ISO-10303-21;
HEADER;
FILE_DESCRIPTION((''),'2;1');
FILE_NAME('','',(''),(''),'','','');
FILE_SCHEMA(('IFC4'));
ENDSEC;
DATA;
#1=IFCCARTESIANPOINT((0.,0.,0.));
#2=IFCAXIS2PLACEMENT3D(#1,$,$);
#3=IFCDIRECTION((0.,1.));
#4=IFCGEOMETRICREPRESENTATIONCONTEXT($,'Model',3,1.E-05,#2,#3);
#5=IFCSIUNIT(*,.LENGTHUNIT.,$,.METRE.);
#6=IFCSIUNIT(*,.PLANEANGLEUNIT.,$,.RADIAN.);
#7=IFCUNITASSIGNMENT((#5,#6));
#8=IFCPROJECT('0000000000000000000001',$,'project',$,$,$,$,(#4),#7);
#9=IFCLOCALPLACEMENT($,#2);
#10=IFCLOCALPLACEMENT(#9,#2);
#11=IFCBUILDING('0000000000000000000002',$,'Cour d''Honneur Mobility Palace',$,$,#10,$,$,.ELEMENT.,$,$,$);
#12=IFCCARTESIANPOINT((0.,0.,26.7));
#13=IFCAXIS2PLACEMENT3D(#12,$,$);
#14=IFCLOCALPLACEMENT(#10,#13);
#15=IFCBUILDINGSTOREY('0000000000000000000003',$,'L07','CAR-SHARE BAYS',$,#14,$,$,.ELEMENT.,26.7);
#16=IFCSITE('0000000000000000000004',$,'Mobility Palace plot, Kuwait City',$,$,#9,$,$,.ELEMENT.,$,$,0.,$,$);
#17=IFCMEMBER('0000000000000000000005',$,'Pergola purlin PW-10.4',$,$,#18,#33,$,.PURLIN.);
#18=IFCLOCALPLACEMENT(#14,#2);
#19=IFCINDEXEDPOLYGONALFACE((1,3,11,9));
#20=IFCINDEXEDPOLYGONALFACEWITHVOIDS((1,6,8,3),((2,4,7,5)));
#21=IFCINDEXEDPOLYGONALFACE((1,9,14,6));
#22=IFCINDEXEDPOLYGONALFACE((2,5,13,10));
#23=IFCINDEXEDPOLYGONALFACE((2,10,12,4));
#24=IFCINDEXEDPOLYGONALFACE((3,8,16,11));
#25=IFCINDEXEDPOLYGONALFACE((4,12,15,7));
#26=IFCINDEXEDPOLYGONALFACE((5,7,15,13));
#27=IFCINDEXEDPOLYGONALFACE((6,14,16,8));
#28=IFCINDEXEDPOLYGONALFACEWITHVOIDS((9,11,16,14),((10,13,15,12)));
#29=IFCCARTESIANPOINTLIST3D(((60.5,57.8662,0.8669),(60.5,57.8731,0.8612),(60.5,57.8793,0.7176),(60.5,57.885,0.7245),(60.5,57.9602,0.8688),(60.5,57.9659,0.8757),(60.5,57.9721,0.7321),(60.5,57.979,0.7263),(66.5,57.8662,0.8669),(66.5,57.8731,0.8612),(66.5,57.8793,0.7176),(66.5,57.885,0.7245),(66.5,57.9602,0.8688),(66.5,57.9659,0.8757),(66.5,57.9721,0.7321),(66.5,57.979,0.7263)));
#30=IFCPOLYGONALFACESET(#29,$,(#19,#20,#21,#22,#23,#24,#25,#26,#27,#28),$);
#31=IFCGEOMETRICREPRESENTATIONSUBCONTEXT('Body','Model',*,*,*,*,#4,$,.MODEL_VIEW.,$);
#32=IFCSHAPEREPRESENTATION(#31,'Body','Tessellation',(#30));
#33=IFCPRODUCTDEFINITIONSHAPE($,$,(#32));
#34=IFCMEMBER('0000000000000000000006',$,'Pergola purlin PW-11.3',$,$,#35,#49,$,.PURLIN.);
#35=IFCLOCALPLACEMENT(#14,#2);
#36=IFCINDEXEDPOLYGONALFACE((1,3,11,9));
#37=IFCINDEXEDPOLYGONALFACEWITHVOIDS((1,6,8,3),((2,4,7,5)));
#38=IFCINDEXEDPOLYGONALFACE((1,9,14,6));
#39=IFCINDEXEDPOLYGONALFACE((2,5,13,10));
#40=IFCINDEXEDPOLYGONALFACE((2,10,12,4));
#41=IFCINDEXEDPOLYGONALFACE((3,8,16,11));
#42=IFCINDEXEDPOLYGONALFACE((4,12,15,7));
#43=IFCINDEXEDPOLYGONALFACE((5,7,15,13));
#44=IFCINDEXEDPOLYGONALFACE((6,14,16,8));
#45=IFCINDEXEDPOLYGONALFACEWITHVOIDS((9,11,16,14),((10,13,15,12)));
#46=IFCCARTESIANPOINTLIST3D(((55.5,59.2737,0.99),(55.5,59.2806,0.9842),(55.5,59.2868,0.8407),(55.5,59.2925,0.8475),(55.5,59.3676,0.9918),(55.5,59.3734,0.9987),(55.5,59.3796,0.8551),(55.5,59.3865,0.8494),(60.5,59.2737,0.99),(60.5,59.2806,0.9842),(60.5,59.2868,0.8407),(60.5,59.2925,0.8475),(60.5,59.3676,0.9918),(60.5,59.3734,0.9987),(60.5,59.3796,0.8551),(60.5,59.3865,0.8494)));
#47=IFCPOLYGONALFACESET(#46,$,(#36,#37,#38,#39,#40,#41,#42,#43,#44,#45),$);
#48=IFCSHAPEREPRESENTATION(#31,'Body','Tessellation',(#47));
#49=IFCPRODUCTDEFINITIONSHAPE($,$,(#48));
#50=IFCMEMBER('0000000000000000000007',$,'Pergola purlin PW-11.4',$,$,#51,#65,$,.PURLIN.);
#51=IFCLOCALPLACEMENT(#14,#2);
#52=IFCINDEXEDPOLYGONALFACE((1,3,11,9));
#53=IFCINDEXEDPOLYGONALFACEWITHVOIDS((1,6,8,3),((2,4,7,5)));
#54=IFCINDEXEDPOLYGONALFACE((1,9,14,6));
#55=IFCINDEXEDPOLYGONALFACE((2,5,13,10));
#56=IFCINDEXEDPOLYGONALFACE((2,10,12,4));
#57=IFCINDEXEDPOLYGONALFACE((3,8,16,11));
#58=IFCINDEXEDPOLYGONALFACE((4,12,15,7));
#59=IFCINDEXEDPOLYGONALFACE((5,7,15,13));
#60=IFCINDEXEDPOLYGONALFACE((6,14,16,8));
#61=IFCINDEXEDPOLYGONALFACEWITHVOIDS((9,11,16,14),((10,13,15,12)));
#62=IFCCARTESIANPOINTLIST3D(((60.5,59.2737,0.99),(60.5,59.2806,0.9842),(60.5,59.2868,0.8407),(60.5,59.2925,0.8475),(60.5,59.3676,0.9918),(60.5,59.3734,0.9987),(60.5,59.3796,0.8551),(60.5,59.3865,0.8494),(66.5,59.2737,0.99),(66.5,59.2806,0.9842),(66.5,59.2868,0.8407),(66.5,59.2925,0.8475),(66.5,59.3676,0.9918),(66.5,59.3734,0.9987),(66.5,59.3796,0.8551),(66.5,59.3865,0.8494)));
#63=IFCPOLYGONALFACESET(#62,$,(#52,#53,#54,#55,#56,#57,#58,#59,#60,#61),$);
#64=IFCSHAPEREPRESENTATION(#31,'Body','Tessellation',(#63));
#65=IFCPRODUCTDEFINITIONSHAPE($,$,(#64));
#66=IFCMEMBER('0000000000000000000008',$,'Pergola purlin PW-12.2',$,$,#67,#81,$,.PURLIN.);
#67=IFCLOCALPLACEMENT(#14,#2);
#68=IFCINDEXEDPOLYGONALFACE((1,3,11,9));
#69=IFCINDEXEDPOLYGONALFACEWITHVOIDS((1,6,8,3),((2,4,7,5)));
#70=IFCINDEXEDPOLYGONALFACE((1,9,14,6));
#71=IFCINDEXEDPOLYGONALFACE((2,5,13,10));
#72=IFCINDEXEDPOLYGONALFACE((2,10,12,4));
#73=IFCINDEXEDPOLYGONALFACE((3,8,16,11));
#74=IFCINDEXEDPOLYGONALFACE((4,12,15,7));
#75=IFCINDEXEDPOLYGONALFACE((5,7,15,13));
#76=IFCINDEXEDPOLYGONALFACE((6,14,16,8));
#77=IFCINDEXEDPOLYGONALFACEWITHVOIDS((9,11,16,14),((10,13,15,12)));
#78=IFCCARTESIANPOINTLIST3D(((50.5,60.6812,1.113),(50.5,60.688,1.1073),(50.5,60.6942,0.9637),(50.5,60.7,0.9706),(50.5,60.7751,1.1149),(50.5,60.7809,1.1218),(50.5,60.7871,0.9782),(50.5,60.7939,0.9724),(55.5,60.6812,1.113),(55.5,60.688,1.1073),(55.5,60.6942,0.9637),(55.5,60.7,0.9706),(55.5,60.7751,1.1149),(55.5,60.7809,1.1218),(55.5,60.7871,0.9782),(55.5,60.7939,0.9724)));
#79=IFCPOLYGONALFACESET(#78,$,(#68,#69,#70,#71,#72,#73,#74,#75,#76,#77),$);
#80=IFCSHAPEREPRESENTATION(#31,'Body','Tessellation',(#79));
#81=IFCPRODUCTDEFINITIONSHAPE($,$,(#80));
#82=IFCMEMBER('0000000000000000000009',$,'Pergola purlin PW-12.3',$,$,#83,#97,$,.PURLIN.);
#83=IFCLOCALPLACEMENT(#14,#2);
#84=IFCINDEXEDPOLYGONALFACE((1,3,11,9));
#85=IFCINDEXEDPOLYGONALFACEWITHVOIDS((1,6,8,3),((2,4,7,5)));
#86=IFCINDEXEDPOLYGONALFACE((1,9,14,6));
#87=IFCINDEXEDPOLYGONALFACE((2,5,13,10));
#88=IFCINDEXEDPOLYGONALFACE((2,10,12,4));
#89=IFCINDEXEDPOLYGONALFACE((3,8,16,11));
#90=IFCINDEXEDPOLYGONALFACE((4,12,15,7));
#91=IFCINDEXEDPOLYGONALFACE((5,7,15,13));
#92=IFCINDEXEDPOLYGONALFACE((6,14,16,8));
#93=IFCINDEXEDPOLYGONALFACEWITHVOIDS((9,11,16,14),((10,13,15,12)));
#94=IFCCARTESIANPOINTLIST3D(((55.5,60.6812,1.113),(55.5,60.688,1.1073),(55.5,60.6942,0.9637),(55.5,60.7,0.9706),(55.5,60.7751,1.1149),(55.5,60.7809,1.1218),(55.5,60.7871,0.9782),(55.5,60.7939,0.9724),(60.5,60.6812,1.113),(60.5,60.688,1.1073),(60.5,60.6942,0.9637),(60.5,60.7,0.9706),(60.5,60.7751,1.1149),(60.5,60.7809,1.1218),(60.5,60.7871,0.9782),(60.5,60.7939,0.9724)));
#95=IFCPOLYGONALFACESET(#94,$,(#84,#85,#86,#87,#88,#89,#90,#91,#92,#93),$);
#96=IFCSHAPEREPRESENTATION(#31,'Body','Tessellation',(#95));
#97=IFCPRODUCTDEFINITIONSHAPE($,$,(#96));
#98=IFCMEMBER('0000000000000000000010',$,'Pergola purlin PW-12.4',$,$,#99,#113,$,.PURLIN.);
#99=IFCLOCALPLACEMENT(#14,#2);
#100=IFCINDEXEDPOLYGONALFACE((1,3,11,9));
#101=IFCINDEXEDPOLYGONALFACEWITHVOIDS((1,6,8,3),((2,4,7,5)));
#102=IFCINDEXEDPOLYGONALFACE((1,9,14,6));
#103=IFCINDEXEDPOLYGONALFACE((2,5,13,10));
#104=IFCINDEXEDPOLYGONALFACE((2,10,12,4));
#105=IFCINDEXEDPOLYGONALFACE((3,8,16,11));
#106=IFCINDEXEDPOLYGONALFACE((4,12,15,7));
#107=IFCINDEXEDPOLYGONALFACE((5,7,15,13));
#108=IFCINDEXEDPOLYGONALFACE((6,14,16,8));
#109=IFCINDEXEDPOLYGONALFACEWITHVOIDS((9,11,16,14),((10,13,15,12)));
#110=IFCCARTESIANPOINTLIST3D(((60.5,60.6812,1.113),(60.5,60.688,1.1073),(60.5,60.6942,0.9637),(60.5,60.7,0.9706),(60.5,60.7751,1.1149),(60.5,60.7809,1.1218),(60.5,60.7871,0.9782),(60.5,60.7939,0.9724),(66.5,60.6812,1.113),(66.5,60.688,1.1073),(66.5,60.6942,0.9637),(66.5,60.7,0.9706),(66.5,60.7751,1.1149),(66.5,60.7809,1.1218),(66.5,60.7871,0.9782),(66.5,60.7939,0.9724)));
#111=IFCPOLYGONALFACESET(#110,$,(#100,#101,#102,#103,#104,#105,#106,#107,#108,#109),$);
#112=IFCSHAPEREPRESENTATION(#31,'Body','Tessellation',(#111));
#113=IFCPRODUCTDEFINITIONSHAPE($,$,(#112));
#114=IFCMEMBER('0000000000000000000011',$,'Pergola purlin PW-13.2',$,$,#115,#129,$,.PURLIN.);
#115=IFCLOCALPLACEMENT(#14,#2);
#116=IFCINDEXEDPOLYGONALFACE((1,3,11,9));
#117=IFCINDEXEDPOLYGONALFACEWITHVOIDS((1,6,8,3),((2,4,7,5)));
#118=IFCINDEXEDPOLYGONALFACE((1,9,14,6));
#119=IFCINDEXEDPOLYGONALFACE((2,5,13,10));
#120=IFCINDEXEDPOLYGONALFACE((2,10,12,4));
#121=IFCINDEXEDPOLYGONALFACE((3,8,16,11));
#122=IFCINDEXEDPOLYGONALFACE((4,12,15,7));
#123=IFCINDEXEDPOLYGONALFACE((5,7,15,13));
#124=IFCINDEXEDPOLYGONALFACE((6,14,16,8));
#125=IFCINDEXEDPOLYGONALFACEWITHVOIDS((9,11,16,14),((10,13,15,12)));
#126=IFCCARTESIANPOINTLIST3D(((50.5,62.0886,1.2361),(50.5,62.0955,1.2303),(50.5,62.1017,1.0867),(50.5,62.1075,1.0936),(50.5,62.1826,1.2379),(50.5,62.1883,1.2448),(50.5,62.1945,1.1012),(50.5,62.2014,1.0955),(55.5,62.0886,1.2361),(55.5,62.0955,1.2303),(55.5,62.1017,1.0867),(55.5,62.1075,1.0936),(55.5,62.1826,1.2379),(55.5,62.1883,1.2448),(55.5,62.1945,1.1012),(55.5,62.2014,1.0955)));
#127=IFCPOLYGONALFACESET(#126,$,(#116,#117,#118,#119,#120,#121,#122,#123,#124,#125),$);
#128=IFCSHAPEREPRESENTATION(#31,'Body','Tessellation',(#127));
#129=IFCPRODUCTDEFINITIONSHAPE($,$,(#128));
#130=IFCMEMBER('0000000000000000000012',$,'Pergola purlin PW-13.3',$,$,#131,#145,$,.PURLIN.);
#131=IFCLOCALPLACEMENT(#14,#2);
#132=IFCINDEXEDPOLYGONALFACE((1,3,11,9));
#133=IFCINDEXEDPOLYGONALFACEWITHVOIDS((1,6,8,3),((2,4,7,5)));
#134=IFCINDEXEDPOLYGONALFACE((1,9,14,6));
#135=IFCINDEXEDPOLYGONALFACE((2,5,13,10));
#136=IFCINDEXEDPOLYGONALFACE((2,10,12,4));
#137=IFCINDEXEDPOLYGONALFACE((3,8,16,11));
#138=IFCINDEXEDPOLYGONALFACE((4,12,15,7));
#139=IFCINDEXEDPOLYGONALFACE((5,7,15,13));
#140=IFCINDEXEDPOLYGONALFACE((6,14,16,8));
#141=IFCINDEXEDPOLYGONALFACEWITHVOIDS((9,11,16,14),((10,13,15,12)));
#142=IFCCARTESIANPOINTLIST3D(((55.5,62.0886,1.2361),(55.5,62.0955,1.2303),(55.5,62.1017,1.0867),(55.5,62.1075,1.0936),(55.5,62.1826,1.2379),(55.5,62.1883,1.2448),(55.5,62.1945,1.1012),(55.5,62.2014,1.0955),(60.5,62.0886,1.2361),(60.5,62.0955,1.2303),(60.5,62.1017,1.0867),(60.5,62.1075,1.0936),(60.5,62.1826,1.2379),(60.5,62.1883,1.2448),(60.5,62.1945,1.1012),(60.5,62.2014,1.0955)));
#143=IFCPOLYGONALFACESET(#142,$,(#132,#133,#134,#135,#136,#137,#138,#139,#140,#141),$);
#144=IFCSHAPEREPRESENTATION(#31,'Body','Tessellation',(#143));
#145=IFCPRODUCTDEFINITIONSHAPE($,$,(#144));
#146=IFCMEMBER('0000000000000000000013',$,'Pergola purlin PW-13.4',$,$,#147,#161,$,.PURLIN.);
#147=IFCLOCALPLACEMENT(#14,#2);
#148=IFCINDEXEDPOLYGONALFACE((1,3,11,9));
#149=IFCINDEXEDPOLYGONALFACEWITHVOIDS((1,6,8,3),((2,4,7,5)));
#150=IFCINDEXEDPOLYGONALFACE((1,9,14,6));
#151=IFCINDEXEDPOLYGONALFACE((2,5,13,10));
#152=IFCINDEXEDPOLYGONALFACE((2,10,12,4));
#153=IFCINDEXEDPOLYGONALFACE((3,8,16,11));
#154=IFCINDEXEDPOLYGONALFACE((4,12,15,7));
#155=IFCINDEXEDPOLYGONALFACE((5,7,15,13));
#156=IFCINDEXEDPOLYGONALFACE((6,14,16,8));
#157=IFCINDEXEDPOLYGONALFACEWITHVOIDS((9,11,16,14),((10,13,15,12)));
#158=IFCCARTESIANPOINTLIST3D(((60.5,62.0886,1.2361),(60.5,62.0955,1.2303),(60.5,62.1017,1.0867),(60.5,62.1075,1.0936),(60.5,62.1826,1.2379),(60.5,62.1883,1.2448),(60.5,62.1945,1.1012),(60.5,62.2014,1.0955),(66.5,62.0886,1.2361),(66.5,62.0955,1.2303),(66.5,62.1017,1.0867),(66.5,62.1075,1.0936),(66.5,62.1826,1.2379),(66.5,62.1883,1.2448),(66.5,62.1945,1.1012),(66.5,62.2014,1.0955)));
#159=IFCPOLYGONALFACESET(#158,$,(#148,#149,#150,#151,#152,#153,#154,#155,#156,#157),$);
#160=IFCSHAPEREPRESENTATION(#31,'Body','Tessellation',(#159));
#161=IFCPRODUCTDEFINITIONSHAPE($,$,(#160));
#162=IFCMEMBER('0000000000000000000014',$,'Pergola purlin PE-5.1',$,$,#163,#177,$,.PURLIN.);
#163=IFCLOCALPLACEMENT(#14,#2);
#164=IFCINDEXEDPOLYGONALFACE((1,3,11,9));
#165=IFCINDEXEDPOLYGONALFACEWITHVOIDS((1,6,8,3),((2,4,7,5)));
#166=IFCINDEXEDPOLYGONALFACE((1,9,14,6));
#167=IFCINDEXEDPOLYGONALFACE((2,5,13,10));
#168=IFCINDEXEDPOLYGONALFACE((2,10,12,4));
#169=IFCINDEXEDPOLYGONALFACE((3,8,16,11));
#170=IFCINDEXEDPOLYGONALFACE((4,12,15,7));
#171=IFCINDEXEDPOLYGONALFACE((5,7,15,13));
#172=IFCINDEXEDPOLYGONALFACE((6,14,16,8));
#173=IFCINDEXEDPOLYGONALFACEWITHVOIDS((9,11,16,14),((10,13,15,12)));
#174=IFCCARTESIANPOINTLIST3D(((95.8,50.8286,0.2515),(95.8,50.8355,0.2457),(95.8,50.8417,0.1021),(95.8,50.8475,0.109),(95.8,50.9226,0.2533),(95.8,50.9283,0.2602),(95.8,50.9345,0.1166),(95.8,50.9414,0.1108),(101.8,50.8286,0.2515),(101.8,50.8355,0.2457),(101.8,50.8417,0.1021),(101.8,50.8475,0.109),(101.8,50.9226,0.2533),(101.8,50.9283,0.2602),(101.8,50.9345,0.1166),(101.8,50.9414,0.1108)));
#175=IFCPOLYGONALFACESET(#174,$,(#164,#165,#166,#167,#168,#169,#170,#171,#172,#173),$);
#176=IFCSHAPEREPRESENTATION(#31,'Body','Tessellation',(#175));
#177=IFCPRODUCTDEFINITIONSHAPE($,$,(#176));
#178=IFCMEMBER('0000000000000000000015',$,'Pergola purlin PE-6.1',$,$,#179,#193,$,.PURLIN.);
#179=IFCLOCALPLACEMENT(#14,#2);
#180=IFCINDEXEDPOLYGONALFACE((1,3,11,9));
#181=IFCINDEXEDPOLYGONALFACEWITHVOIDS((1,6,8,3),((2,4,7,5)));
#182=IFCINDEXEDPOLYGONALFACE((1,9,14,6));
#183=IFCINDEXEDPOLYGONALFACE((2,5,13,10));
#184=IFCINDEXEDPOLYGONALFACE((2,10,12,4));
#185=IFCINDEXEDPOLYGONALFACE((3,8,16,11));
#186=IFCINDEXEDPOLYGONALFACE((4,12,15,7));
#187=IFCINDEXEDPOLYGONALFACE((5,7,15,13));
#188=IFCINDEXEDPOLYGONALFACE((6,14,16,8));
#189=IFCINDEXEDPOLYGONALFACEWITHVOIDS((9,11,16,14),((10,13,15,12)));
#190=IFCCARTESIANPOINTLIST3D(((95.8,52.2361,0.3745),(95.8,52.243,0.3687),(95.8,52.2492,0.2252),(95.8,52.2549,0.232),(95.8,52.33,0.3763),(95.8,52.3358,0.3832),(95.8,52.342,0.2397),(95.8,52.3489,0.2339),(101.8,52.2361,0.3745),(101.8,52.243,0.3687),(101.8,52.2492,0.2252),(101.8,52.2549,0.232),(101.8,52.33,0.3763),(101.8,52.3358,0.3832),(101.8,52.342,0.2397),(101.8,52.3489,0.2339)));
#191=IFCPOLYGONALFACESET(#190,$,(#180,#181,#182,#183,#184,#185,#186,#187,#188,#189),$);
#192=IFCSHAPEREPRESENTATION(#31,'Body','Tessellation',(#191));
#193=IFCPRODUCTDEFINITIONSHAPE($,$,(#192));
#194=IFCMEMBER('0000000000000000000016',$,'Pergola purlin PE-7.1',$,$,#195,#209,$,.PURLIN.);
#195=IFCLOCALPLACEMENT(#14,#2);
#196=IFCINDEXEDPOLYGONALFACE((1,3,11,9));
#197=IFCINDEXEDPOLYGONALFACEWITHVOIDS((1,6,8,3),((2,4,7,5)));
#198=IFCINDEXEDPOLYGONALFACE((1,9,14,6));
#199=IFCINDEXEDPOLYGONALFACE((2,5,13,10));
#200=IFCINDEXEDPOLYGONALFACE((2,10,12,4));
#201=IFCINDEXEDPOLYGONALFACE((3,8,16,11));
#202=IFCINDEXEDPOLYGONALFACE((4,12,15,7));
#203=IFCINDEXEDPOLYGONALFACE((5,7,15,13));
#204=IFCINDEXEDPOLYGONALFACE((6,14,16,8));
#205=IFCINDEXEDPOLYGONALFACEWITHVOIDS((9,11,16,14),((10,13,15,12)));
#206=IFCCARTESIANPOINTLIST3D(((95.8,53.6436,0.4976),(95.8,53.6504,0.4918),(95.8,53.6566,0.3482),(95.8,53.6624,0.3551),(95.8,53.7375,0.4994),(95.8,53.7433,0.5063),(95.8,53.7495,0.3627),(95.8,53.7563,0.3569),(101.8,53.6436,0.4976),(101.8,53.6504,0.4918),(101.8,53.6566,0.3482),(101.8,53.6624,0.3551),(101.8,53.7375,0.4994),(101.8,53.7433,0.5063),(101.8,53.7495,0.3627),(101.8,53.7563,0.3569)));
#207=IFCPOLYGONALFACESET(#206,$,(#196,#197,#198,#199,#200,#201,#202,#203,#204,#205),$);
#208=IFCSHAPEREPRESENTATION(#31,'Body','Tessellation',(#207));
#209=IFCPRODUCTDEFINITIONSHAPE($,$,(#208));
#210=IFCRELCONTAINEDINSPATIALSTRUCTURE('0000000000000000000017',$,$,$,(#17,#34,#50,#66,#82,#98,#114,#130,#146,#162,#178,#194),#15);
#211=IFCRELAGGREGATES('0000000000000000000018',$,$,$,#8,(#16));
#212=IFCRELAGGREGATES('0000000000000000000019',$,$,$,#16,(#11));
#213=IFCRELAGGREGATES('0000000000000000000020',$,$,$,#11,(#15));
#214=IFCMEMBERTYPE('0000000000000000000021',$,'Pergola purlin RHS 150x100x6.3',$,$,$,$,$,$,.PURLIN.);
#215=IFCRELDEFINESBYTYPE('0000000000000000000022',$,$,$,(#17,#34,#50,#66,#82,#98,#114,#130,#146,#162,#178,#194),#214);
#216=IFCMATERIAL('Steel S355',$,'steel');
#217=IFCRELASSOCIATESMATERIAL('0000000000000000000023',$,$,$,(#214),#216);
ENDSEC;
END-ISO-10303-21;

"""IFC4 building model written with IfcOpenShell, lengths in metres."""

from ifc_helpers import new_model, si_unit, direction, frame, origin, origin_2d, place, context, subcontext, project, spatial, hollow_rectangle, extrude, material, material_profile, profile_set, type_object, element, save


model = new_model("IFC4")

# Units and contexts
model_context = context("Model", 3, precision=1e-05, world=origin(), true_north=direction((0.0, 1.0)))
body_context = subcontext(model_context, "Body", "Model", "MODEL_VIEW")
ifc_project = project(units=[si_unit("LENGTHUNIT", "METRE"), si_unit("PLANEANGLEUNIT", "RADIAN")], contexts=[model_context])

# Site, building, storey
site_placement = place(None, origin())
site = spatial("IfcSite", under=ifc_project, at=site_placement, Name="Mobility Palace plot, Kuwait City", CompositionType="ELEMENT", RefElevation=0.0)
building_placement = place(site_placement, origin())
building = spatial("IfcBuilding", under=site, at=building_placement, Name="Cour d'Honneur Mobility Palace", CompositionType="ELEMENT")
storey_placement = place(building_placement, frame((0.0, 0.0, 26.7)))
storey = spatial("IfcBuildingStorey", under=building, at=storey_placement, Name="L07", Description="CAR-SHARE BAYS", CompositionType="ELEMENT", Elevation=26.7)

# Members
ifc_material_1 = material(Name="Steel S355", Category="steel")
ifc_material_profile = material_profile(ifc_material_1, hollow_rectangle(XDim=0.1001, YDim=0.1499, WallThickness=0.0063, at=origin_2d()), Name="RHS 150x100x6.3")
ifc_profile_set = profile_set([ifc_material_profile], Name="Steel S355")
member_type = type_object("IfcMemberType", Name="Pergola purlin RHS 150x100x6.3", PredefinedType="PURLIN", material=ifc_profile_set)
member_1_placement = place(storey_placement, frame((60.5, 57.9226, 0.7966), z_axis=(1.0, 0.0, 0.0), x_axis=(0.0, 0.996197, 0.087131)))
element("IfcMember", 1, at=member_1_placement, inside=storey, type_object=member_type, Name="Pergola purlin PW-10.4", PredefinedType="PURLIN", context=body_context, shape_type="SweptSolid", body=[
    extrude(hollow_rectangle(XDim=0.1001, YDim=0.1499, WallThickness=0.0063, at=origin_2d()), origin(), (0.0, 0.0, 1.0), 6.0),
])
member_2_placement = place(storey_placement, frame((55.5, 59.3301, 0.9197), z_axis=(1.0, 0.0, 0.0), x_axis=(0.0, 0.996197, 0.087131)))
element("IfcMember", 2, at=member_2_placement, inside=storey, type_object=member_type, Name="Pergola purlin PW-11.3", PredefinedType="PURLIN", context=body_context, shape_type="SweptSolid", body=[
    extrude(hollow_rectangle(XDim=0.1001, YDim=0.1499, WallThickness=0.0063, at=origin_2d()), origin(), (0.0, 0.0, 1.0), 5.0),
])
member_3_placement = place(storey_placement, frame((60.5, 59.3301, 0.9197), z_axis=(1.0, 0.0, 0.0), x_axis=(0.0, 0.996197, 0.087131)))
element("IfcMember", 3, at=member_3_placement, inside=storey, type_object=member_type, Name="Pergola purlin PW-11.4", PredefinedType="PURLIN", context=body_context, shape_type="SweptSolid", body=[
    extrude(hollow_rectangle(XDim=0.1001, YDim=0.1499, WallThickness=0.0063, at=origin_2d()), origin(), (0.0, 0.0, 1.0), 6.0),
])
for number, where, z_axis, x_axis, name in (
    (4, (50.5, 60.7375, 1.0427), (1.0, 0.0, 0.0), (0.0, 0.996197, 0.087131), "Pergola purlin PW-12.2"),
    (5, (55.5, 60.7375, 1.0427), (1.0, 0.0, 0.0), (0.0, 0.996197, 0.087131), "Pergola purlin PW-12.3"),
):
    element("IfcMember", number, at=place(storey_placement, frame(where, z_axis=z_axis, x_axis=x_axis)), inside=storey, type_object=member_type, Name=name, PredefinedType="PURLIN", context=body_context, shape_type="SweptSolid", body=[
        extrude(hollow_rectangle(XDim=0.1001, YDim=0.1499, WallThickness=0.0063, at=origin_2d()), origin(), (0.0, 0.0, 1.0), 5.0),
    ])
member_4_placement = place(storey_placement, frame((60.5, 60.7375, 1.0427), z_axis=(1.0, 0.0, 0.0), x_axis=(0.0, 0.996197, 0.087131)))
element("IfcMember", 6, at=member_4_placement, inside=storey, type_object=member_type, Name="Pergola purlin PW-12.4", PredefinedType="PURLIN", context=body_context, shape_type="SweptSolid", body=[
    extrude(hollow_rectangle(XDim=0.1001, YDim=0.1499, WallThickness=0.0063, at=origin_2d()), origin(), (0.0, 0.0, 1.0), 6.0),
])
for number, where, z_axis, x_axis, name in (
    (7, (50.5, 62.145, 1.1658), (1.0, 0.0, 0.0), (0.0, 0.996197, 0.087131), "Pergola purlin PW-13.2"),
    (8, (55.5, 62.145, 1.1658), (1.0, 0.0, 0.0), (0.0, 0.996197, 0.087131), "Pergola purlin PW-13.3"),
):
    element("IfcMember", number, at=place(storey_placement, frame(where, z_axis=z_axis, x_axis=x_axis)), inside=storey, type_object=member_type, Name=name, PredefinedType="PURLIN", context=body_context, shape_type="SweptSolid", body=[
        extrude(hollow_rectangle(XDim=0.1001, YDim=0.1499, WallThickness=0.0063, at=origin_2d()), origin(), (0.0, 0.0, 1.0), 5.0),
    ])
for number, where, z_axis, x_axis, name in (
    (9, (60.5, 62.145, 1.1658), (1.0, 0.0, 0.0), (0.0, 0.996197, 0.087131), "Pergola purlin PW-13.4"),
    (10, (95.8, 50.885, 0.1812), (1.0, 0.0, 0.0), (0.0, 0.996197, 0.087131), "Pergola purlin PE-5.1"),
    (11, (95.8, 52.2925, 0.3042), (1.0, 0.0, 0.0), (0.0, 0.996197, 0.087131), "Pergola purlin PE-6.1"),
    (12, (95.8, 53.7, 0.4272), (1.0, 0.0, 0.0), (0.0, 0.996197, 0.087131), "Pergola purlin PE-7.1"),
):
    element("IfcMember", number, at=place(storey_placement, frame(where, z_axis=z_axis, x_axis=x_axis)), inside=storey, type_object=member_type, Name=name, PredefinedType="PURLIN", context=body_context, shape_type="SweptSolid", body=[
        extrude(hollow_rectangle(XDim=0.1001, YDim=0.1499, WallThickness=0.0063, at=origin_2d()), origin(), (0.0, 0.0, 1.0), 6.0),
    ])

save(model, "model.ifc")
